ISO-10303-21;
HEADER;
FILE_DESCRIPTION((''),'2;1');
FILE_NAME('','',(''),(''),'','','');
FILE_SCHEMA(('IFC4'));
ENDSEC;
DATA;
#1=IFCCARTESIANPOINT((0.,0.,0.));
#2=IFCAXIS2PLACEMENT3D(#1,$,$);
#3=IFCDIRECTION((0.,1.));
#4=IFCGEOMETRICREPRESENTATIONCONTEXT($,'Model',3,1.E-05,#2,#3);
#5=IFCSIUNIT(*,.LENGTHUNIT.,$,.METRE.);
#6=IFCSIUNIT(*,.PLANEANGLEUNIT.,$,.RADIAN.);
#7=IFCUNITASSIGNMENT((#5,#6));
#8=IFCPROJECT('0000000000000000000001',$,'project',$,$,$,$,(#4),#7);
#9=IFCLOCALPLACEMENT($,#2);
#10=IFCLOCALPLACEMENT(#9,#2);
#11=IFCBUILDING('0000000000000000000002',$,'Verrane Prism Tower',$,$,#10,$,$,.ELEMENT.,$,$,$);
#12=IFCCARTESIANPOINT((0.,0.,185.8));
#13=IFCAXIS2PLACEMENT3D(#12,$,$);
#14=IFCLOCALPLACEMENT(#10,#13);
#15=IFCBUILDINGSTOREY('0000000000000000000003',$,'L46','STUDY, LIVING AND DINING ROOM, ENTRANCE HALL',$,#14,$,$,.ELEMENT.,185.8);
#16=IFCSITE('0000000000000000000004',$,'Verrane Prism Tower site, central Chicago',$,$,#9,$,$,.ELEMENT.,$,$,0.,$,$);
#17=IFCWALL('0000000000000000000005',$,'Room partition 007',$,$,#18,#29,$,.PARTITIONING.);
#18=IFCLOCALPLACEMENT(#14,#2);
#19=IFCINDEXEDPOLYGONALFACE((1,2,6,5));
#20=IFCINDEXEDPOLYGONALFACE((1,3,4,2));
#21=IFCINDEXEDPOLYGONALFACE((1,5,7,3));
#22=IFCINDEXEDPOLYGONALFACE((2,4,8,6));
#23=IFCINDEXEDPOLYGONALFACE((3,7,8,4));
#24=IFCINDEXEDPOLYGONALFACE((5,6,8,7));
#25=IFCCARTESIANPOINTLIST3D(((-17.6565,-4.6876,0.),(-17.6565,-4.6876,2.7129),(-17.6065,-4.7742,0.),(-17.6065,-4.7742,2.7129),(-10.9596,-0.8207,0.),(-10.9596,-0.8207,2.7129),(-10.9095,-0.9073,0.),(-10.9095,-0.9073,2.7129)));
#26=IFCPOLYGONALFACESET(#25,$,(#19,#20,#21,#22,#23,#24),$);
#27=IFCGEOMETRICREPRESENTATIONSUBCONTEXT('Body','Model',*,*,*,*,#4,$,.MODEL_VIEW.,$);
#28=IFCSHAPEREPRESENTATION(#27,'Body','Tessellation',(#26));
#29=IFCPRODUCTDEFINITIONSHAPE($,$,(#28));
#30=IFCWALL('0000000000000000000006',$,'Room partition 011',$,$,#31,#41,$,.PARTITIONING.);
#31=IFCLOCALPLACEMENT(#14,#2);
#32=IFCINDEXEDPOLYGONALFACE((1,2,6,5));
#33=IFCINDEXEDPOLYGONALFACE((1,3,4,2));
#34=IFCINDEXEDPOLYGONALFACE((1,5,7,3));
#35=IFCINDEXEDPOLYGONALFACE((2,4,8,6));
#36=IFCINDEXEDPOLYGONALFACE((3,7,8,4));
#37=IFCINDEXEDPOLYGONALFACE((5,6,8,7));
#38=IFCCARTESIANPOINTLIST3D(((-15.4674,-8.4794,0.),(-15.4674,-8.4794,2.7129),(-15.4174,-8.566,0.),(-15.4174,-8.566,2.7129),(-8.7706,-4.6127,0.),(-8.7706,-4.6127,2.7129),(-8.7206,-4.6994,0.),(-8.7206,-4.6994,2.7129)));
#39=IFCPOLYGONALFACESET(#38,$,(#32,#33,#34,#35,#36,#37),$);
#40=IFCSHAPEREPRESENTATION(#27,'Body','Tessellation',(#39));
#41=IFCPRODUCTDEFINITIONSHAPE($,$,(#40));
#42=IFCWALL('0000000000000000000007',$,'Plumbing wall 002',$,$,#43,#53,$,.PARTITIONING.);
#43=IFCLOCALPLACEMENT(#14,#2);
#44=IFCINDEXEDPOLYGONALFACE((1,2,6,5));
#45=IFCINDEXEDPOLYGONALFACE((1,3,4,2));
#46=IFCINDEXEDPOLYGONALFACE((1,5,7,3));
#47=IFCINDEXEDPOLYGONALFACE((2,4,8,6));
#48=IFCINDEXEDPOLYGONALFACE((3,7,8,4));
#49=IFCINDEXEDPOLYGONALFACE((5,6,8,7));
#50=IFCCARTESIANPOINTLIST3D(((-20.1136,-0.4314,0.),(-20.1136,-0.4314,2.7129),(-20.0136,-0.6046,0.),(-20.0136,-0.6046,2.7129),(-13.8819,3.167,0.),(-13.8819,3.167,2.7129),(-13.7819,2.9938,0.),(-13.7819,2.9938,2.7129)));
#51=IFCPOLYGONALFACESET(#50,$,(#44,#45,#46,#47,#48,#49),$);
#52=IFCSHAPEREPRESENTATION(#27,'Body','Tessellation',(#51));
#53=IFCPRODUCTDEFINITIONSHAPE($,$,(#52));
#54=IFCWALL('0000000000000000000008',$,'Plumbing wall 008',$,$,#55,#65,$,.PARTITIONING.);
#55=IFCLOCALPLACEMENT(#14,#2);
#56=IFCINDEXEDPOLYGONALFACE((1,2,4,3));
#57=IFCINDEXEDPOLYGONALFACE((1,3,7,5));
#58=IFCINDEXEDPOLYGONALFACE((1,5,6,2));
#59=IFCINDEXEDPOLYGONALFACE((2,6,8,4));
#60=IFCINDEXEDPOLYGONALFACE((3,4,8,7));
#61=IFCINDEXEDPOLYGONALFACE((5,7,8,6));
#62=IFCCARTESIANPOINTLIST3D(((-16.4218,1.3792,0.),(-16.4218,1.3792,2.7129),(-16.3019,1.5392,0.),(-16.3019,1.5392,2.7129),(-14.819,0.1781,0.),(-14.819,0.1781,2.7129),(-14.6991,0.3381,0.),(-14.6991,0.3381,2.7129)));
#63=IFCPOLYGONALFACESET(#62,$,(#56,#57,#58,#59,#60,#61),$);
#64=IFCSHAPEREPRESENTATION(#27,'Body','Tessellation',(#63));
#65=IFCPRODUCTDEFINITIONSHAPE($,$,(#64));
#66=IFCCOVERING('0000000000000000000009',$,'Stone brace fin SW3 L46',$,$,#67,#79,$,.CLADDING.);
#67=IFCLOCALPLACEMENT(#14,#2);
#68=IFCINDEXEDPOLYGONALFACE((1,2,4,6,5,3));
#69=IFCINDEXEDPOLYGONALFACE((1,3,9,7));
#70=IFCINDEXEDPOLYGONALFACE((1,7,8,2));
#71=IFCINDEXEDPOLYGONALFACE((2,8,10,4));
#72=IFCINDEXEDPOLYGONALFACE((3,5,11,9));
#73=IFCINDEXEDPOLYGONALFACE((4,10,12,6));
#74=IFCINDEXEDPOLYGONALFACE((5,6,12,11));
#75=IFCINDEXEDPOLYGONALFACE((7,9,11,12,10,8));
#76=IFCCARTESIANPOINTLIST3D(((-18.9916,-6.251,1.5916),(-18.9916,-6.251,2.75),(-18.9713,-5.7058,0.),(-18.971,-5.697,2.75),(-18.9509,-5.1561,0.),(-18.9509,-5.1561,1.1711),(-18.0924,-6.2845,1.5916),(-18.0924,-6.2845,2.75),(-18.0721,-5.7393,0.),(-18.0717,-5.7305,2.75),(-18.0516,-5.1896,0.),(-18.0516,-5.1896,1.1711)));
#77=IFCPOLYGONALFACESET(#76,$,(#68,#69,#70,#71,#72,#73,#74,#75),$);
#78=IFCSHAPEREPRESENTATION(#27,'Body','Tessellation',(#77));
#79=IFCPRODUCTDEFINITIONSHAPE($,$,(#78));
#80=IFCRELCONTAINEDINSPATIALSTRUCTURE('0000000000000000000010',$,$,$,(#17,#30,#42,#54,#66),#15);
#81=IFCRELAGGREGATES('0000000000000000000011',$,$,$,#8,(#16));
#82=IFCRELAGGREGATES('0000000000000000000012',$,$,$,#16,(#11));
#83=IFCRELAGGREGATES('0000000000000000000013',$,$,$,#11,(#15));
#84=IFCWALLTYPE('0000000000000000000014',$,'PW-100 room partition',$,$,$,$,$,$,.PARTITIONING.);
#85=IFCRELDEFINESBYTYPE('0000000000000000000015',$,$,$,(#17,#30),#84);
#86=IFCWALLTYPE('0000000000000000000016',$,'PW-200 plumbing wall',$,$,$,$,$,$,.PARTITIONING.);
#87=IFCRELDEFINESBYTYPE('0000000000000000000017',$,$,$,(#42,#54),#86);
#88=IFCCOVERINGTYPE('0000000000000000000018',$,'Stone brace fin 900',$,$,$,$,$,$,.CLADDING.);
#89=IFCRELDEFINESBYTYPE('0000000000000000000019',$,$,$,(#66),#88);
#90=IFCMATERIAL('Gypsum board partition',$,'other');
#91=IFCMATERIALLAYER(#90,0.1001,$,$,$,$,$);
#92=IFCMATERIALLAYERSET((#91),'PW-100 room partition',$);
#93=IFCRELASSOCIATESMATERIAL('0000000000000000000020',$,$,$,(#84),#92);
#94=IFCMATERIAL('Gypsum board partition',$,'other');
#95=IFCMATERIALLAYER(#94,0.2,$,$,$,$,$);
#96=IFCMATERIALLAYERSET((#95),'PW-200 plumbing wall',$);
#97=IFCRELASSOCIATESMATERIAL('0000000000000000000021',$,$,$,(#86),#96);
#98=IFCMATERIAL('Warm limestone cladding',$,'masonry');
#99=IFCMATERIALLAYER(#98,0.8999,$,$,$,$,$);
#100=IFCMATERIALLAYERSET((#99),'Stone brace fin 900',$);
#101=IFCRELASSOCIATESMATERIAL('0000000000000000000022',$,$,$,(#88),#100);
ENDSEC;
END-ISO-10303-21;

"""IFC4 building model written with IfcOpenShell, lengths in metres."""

from ifc_helpers import new_model, si_unit, direction, frame, frame_2d, origin, place, context, subcontext, project, spatial, polyline, rectangle, outline, extrude, material, layer, layer_set, type_object, element, save


model = new_model("IFC4")

# Units and contexts
model_context = context("Model", 3, precision=1e-05, world=origin(), true_north=direction((0.0, 1.0)))
body_context = subcontext(model_context, "Body", "Model", "MODEL_VIEW")
ifc_project = project(units=[si_unit("LENGTHUNIT", "METRE"), si_unit("PLANEANGLEUNIT", "RADIAN")], contexts=[model_context])

# Site, building, storey
site_placement = place(None, origin())
site = spatial("IfcSite", under=ifc_project, at=site_placement, Name="Verrane Prism Tower site, central Chicago", CompositionType="ELEMENT", RefElevation=0.0)
building_placement = place(site_placement, origin())
building = spatial("IfcBuilding", under=site, at=building_placement, Name="Verrane Prism Tower", CompositionType="ELEMENT")
storey_placement = place(building_placement, frame((0.0, 0.0, 185.8)))
storey = spatial("IfcBuildingStorey", under=building, at=storey_placement, Name="L46", Description="STUDY, LIVING AND DINING ROOM, ENTRANCE HALL", CompositionType="ELEMENT", Elevation=185.8)

# Walls
ifc_material_1 = material(Name="Gypsum board partition", Category="other")
ifc_layer_1 = layer(ifc_material_1, 0.1001)
ifc_layer_set_1 = layer_set([ifc_layer_1], Name="PW-100 room partition")
wall_type_1 = type_object("IfcWallType", Name="PW-100 room partition", PredefinedType="PARTITIONING", material=ifc_layer_set_1)
wall_1_placement = place(storey_placement, frame((-17.6316, -4.731, 0.0), z_axis=(0.0, 0.0, 1.0), x_axis=(0.866002, 0.50004, 0.0)))
element("IfcWall", 1, at=wall_1_placement, inside=storey, type_object=wall_type_1, Name="Room partition 007", PredefinedType="PARTITIONING", context=body_context, shape_type="SweptSolid", body=[
    extrude(rectangle(XDim=7.7332, YDim=0.1001, at=frame_2d((3.8667, 0.0))), origin(), (0.0, 0.0, 1.0), 2.7129),
])
wall_2_placement = place(storey_placement, frame((-15.4424, -8.5227, 0.0), z_axis=(0.0, 0.0, 1.0), x_axis=(0.866008, 0.50003, 0.0)))
element("IfcWall", 2, at=wall_2_placement, inside=storey, type_object=wall_type_1, Name="Room partition 011", PredefinedType="PARTITIONING", context=body_context, shape_type="SweptSolid", body=[
    extrude(rectangle(XDim=7.7329, YDim=0.1001, at=frame_2d((3.8665, 0.0))), origin(), (0.0, 0.0, 1.0), 2.7129),
])
ifc_material_2 = material(Name="Gypsum board partition", Category="other")
ifc_layer_2 = layer(ifc_material_2, 0.2)
ifc_layer_set_2 = layer_set([ifc_layer_2], Name="PW-200 plumbing wall")
wall_type_2 = type_object("IfcWallType", Name="PW-200 plumbing wall", PredefinedType="PARTITIONING", material=ifc_layer_set_2)
wall_3_placement = place(storey_placement, frame((-20.0637, -0.5181, 0.0), z_axis=(0.0, 0.0, 1.0), x_axis=(0.865994, 0.500054, 0.0)))
element("IfcWall", 3, at=wall_3_placement, inside=storey, type_object=wall_type_2, Name="Plumbing wall 002", PredefinedType="PARTITIONING", context=body_context, shape_type="SweptSolid", body=[
    extrude(rectangle(XDim=7.196, YDim=0.2, at=frame_2d((3.5981, 0.0))), origin(), (0.0, 0.0, 1.0), 2.7129),
])
wall_4_placement = place(storey_placement, frame((-16.3618, 1.4592, 0.0), z_axis=(0.0, 0.0, 1.0), x_axis=(0.800219, -0.599707, 0.0)))
element("IfcWall", 4, at=wall_4_placement, inside=storey, type_object=wall_type_2, Name="Plumbing wall 008", PredefinedType="PARTITIONING", context=body_context, shape_type="SweptSolid", body=[
    extrude(rectangle(XDim=2.0029, YDim=0.2, at=frame_2d((1.0015, 0.0))), origin(), (0.0, 0.0, 1.0), 2.7129),
])

# Covering
ifc_material_3 = material(Name="Warm limestone cladding", Category="masonry")
ifc_layer_3 = layer(ifc_material_3, 0.8999)
ifc_layer_set_3 = layer_set([ifc_layer_3], Name="Stone brace fin 900")
covering_type = type_object("IfcCoveringType", Name="Stone brace fin 900", PredefinedType="CLADDING", material=ifc_layer_set_3)
covering_placement = place(storey_placement, frame((-18.5012, -5.1729, 0.0), z_axis=(0.0, 0.0, 1.0), x_axis=(-0.037218, -0.999307, 0.0)))
element("IfcCovering", 5, at=covering_placement, inside=storey, type_object=covering_type, Name="Stone brace fin SW3 L46", PredefinedType="CLADDING", context=body_context, shape_type="SweptSolid", body=[
    extrude(outline(polyline([(1.0957, 2.75), (0.5413, 2.75), (0.0, 1.1711), (0.0, 0.0), (0.55, 0.0), (1.0957, 1.5916), (1.0957, 2.75)])), frame((0.0, 0.45, 0.0), z_axis=(0.0, -1.0, 0.0), x_axis=(1.0, 0.0, 0.0)), (0.0, 0.0, 1.0), 0.8999),
])

save(model, "model.ifc")
